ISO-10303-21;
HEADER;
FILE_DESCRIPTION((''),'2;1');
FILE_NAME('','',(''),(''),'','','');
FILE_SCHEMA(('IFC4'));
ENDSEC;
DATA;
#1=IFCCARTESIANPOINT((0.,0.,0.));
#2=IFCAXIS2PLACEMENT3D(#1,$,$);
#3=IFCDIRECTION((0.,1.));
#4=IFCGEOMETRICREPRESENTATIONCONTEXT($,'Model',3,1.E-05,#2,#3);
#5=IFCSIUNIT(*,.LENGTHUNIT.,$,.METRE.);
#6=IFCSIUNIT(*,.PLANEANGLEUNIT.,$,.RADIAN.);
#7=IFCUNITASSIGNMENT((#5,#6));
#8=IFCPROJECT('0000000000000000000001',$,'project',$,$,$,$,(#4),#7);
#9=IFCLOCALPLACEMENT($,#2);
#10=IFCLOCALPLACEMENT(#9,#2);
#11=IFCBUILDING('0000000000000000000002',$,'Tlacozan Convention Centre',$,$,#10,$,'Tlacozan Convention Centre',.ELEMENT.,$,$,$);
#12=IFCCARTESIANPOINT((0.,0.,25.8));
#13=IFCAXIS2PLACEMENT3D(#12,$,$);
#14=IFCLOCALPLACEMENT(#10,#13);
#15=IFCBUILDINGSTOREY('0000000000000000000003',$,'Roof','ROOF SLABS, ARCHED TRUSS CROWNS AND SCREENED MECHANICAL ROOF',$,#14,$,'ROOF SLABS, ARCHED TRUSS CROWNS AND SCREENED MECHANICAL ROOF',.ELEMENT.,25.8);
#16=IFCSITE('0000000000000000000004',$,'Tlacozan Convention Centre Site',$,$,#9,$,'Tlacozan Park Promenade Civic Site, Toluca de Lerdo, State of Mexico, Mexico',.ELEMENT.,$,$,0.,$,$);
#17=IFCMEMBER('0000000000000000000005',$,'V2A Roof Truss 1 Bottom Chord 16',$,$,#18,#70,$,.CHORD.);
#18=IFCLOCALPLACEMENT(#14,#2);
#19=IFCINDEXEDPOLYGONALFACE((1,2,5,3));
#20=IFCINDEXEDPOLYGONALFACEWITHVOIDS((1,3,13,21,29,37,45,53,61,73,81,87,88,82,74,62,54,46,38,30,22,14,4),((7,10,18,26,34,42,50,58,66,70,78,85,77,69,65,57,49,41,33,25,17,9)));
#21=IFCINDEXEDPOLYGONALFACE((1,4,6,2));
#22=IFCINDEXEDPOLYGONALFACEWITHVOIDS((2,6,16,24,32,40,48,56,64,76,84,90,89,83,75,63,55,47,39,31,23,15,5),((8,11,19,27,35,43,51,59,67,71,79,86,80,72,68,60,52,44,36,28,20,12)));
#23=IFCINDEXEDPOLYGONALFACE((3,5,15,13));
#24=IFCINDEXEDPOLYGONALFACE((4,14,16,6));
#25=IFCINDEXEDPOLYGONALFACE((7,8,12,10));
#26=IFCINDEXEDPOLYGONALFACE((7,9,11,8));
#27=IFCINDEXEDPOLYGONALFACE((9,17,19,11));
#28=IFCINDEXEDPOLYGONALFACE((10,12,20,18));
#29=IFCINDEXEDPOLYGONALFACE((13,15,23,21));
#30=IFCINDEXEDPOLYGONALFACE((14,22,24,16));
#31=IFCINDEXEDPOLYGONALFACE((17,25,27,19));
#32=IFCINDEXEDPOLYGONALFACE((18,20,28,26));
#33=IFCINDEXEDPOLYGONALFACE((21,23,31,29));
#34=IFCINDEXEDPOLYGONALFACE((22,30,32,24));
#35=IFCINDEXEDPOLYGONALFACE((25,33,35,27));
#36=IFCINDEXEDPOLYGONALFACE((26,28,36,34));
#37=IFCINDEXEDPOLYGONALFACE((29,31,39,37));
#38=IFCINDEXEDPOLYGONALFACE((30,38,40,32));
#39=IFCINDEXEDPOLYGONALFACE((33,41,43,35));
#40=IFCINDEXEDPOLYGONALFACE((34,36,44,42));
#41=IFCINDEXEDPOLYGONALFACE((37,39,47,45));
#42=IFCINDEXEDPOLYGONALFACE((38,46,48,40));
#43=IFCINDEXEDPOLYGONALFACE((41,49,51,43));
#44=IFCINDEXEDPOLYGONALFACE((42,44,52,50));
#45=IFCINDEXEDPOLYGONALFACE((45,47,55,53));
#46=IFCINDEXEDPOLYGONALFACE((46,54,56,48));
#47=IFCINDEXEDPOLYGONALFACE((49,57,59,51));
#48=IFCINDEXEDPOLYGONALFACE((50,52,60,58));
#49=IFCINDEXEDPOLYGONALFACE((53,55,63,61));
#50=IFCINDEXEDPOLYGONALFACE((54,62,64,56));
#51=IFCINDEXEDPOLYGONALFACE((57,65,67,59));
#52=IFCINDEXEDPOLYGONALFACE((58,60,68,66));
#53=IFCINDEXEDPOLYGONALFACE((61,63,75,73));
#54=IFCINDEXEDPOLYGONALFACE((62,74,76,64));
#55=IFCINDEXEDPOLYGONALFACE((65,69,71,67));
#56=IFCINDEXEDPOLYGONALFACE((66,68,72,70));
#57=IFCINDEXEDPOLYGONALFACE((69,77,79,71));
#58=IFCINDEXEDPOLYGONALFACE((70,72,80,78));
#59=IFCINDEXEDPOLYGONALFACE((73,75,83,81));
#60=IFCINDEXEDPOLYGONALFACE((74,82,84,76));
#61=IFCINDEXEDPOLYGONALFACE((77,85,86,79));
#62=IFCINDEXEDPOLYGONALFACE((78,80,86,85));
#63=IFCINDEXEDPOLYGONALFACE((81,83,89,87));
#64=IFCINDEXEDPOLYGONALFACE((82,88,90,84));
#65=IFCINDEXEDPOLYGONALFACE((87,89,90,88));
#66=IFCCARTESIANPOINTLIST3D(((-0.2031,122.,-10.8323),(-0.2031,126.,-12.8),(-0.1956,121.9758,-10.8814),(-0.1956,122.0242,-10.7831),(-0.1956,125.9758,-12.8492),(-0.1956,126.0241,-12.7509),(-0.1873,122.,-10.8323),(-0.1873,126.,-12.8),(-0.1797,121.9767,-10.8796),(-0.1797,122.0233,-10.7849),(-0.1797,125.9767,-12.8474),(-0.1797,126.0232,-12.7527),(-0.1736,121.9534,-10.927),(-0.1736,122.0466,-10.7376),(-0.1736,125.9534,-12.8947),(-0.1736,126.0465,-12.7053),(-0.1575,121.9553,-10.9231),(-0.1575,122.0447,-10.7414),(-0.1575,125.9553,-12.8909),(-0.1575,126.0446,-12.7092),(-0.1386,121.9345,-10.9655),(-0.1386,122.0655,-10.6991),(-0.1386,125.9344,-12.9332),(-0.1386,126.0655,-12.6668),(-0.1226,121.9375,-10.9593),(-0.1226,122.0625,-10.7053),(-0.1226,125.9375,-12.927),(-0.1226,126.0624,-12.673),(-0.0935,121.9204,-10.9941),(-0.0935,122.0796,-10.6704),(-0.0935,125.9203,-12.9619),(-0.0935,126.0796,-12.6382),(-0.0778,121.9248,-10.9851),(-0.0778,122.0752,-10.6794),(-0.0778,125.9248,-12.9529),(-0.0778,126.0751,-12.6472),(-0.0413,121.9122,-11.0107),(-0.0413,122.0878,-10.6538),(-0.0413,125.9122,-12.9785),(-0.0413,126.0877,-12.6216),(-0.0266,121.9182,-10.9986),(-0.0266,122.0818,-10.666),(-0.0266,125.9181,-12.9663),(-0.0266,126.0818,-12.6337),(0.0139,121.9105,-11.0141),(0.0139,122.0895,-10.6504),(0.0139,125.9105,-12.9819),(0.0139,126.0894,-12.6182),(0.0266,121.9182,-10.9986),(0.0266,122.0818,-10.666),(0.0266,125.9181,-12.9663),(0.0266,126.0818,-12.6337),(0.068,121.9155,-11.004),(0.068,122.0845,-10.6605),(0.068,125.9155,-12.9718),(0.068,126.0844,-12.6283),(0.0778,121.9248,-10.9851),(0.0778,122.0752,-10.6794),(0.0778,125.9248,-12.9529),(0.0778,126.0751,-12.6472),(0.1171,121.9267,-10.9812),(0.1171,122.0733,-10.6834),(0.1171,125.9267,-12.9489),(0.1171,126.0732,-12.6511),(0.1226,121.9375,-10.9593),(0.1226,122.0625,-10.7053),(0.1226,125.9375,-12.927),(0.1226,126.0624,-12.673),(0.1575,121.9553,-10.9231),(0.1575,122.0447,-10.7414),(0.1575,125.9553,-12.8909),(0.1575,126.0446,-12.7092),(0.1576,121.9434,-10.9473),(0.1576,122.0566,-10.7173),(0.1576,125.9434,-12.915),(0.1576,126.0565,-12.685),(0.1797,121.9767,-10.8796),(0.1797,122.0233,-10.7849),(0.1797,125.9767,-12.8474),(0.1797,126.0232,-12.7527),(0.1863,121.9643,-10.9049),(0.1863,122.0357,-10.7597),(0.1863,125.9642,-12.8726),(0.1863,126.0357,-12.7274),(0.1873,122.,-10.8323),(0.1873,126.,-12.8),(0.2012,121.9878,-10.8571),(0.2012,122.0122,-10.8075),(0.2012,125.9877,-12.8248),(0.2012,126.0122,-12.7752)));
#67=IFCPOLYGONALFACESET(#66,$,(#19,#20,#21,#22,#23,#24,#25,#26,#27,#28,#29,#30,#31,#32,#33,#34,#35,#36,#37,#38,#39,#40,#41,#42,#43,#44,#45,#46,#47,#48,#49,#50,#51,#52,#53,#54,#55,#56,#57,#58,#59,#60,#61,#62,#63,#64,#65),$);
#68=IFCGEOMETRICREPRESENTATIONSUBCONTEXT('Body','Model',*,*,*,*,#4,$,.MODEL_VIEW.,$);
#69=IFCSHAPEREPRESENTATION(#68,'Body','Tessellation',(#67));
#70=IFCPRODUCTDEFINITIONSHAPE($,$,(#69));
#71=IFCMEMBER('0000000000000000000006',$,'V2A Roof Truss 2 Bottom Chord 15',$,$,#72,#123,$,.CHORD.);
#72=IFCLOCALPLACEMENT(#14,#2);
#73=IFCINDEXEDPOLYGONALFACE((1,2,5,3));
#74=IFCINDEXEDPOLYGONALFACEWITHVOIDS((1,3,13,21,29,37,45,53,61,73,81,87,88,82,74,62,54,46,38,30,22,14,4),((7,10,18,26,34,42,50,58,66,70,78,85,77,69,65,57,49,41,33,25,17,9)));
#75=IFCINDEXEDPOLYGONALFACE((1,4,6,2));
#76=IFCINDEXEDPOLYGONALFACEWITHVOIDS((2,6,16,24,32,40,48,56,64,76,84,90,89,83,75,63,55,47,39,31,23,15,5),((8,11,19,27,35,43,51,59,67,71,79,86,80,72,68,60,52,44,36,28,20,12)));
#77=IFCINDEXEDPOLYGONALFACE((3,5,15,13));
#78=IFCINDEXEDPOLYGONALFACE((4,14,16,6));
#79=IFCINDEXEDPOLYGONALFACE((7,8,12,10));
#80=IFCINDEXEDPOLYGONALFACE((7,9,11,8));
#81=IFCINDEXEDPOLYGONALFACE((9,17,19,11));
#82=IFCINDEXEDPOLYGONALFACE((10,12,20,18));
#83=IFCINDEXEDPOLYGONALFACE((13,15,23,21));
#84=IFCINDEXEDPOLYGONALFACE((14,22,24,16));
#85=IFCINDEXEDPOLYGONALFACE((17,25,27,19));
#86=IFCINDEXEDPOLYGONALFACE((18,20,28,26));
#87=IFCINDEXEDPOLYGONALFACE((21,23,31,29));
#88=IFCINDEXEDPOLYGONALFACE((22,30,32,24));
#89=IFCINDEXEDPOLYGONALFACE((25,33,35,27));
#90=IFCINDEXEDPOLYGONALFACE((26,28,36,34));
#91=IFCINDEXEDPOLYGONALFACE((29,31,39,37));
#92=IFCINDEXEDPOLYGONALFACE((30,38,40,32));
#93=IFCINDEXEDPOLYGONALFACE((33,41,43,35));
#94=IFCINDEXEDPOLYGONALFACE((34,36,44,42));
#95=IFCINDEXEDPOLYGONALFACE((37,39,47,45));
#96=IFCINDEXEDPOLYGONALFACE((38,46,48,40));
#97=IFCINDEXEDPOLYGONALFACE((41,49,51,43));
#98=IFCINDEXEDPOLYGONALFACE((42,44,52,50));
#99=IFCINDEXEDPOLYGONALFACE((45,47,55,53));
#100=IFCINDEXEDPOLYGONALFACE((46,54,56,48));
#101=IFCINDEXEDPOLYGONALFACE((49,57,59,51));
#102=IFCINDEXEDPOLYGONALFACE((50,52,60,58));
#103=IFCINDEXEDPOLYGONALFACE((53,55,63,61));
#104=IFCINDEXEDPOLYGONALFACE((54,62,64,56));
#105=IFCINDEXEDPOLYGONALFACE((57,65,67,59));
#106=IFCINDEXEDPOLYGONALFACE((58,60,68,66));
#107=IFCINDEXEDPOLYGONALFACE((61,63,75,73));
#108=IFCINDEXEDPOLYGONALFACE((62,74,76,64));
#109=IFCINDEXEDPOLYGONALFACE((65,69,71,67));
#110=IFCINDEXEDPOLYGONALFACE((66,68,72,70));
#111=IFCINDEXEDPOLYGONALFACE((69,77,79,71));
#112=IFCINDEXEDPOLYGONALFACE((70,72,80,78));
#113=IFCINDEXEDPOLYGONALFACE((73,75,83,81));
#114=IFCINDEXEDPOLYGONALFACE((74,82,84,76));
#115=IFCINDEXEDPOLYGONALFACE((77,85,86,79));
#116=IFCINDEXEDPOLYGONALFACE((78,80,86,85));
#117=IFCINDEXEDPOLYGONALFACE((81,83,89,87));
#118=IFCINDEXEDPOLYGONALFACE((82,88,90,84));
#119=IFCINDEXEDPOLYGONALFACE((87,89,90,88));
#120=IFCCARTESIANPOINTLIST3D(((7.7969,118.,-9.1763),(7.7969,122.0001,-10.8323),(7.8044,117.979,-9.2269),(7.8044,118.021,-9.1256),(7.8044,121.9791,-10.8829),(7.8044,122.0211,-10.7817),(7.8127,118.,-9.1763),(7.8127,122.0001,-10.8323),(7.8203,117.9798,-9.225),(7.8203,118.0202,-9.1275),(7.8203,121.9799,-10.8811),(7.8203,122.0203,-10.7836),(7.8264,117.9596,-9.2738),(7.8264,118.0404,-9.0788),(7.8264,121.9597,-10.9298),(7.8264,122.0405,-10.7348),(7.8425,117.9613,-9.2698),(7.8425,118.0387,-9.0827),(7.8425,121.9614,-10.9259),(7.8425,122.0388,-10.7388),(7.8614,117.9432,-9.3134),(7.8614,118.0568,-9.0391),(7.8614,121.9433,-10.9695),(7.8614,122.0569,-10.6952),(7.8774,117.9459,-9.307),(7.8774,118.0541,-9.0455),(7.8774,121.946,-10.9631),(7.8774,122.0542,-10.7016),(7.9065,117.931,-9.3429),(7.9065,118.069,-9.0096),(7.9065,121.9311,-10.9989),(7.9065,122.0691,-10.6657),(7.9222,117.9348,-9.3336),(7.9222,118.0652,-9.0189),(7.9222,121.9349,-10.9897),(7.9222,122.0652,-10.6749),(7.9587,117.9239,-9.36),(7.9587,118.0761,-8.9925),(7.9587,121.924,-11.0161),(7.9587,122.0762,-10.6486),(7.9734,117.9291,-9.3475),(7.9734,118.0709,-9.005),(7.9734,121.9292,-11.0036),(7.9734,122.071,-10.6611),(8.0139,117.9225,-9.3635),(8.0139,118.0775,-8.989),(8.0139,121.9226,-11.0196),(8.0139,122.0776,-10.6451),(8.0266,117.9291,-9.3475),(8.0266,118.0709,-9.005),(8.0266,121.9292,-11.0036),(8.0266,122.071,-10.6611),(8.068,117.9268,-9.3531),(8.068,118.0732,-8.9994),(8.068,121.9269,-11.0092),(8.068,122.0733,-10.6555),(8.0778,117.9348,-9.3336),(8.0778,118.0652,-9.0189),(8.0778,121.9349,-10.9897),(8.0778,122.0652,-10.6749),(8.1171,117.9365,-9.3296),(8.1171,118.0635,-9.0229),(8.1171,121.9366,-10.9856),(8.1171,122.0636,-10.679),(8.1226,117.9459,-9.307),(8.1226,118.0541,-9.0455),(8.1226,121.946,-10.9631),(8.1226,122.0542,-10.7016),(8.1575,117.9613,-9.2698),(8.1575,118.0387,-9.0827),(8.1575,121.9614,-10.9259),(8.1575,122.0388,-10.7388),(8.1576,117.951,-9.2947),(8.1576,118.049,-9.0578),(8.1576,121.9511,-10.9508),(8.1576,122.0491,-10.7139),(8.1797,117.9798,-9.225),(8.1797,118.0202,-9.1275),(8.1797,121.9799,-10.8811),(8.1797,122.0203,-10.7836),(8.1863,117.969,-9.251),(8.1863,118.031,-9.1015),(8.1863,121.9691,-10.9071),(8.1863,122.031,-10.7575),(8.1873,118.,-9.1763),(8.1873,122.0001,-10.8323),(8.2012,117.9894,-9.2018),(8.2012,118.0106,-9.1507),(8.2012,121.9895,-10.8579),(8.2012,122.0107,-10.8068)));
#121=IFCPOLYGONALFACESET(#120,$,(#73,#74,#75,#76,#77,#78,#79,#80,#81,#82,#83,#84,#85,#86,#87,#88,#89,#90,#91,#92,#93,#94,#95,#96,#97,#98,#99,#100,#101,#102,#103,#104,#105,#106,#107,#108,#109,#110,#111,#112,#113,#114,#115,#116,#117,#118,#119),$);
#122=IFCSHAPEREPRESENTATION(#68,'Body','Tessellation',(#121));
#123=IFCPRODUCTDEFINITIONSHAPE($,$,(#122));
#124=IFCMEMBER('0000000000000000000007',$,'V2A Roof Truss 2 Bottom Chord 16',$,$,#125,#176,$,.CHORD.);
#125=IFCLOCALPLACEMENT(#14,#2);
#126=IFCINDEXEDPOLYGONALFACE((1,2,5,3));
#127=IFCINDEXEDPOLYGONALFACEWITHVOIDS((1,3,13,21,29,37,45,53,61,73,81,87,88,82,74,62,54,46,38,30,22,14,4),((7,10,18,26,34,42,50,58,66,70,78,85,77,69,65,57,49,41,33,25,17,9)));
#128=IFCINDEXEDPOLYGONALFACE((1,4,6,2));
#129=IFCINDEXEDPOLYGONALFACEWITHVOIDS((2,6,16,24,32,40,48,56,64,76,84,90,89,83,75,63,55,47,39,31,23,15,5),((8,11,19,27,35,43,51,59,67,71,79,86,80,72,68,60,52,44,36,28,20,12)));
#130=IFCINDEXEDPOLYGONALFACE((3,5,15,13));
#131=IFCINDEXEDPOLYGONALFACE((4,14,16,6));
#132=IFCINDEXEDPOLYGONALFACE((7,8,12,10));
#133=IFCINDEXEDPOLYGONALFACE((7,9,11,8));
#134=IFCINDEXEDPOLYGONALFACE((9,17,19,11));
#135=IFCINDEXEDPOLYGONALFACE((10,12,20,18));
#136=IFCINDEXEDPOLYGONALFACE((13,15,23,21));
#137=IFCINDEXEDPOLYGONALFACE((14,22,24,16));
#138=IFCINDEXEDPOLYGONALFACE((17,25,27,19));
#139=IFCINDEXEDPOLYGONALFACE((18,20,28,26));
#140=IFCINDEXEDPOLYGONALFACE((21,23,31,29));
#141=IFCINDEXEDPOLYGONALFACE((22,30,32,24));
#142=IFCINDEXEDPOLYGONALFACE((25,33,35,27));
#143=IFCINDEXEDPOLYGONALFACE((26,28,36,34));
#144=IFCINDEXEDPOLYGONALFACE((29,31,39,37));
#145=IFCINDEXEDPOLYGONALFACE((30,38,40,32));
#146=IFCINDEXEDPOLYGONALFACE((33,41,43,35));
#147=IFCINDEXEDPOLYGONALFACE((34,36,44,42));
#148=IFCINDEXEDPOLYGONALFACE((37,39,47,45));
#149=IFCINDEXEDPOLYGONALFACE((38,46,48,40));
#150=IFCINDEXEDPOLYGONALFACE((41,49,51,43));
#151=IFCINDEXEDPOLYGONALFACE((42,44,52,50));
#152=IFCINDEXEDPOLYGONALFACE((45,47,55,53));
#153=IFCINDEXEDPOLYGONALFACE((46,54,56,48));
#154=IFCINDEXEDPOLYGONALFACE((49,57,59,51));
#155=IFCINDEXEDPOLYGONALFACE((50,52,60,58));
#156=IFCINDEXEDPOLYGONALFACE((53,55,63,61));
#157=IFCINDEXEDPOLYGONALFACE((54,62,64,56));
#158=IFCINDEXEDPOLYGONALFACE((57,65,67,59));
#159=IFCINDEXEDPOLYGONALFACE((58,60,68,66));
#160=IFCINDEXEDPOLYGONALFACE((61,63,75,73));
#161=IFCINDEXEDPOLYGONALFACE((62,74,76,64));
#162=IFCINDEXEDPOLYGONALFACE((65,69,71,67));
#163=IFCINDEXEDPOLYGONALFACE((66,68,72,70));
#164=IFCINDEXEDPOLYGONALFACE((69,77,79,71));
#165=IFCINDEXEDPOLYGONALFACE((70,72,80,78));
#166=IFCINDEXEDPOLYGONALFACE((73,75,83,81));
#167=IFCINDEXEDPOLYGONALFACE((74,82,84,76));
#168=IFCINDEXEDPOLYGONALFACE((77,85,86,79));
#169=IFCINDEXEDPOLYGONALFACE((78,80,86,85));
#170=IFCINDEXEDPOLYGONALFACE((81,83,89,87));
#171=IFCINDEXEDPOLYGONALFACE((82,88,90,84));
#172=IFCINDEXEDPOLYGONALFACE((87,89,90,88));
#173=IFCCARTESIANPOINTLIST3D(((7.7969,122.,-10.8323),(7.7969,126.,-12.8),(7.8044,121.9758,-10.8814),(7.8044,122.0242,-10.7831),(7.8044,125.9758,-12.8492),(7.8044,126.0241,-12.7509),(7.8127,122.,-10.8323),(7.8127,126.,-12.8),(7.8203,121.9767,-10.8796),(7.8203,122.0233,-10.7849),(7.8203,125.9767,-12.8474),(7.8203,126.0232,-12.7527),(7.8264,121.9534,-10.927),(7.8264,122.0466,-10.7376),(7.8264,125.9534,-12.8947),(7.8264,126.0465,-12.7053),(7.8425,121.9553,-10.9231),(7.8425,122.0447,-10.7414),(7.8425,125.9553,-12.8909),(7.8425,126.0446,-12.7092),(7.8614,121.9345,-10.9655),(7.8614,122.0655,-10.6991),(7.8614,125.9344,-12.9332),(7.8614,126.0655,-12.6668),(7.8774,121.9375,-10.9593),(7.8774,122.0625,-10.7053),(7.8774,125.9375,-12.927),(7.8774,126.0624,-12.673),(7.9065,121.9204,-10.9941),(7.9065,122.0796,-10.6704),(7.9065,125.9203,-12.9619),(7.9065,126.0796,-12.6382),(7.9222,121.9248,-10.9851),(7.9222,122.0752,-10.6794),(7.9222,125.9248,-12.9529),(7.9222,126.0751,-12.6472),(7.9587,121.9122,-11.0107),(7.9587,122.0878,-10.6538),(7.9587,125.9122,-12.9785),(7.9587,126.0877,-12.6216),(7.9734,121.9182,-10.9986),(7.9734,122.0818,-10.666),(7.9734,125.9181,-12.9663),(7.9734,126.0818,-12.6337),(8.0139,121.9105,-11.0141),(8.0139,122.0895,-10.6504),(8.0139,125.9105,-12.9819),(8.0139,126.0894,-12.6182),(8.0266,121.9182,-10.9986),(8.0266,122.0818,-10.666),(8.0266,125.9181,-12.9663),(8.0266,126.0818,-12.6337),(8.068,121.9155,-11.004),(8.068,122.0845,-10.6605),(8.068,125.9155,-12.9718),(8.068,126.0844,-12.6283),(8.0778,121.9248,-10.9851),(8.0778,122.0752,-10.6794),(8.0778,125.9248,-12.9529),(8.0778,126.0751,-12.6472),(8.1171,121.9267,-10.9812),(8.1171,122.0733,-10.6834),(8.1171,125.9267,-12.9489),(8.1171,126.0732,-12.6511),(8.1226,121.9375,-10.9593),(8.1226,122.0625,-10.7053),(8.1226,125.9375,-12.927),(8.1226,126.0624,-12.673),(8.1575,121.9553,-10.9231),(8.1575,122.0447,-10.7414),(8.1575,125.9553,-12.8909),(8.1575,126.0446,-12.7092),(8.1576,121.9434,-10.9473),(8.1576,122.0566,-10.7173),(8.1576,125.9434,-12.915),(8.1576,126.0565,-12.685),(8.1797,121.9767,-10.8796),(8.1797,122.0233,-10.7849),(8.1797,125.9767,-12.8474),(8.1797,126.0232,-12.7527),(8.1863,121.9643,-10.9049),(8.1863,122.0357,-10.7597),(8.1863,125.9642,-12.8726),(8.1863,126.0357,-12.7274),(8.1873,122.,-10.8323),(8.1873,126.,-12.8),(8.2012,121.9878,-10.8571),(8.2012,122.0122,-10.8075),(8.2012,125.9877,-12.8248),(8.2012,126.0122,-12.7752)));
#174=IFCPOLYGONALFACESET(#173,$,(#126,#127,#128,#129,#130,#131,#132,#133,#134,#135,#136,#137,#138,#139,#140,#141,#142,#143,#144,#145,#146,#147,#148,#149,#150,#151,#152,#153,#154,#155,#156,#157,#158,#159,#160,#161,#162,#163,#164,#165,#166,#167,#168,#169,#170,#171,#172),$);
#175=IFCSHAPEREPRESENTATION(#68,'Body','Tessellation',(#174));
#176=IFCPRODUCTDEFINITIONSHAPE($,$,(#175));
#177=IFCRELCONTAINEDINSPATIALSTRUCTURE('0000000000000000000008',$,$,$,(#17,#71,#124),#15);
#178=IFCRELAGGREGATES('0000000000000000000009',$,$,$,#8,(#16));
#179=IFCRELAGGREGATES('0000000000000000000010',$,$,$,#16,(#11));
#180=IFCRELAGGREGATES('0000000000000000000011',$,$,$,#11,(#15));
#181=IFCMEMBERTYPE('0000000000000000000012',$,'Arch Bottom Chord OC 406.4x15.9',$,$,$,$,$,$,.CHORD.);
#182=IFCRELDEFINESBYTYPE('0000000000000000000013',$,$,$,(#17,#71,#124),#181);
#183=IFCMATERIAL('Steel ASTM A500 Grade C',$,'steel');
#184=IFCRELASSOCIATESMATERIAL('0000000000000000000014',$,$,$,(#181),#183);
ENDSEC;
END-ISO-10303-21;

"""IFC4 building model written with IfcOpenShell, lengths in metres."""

from ifc_helpers import new_model, si_unit, direction, frame, origin, origin_2d, place, context, subcontext, project, spatial, hollow_circle, extrude, material, material_profile, profile_set, type_object, element, save


model = new_model("IFC4")

# Units and contexts
model_context = context("Model", 3, precision=1e-05, world=origin(), true_north=direction((0.0, 1.0)))
body_context = subcontext(model_context, "Body", "Model", "MODEL_VIEW")
ifc_project = project(units=[si_unit("LENGTHUNIT", "METRE"), si_unit("PLANEANGLEUNIT", "RADIAN")], contexts=[model_context])

# Site, building, storey
site_placement = place(None, origin())
site = spatial("IfcSite", under=ifc_project, at=site_placement, Name="Tlacozan Convention Centre Site", LongName="Tlacozan Park Promenade Civic Site, Toluca de Lerdo, State of Mexico, Mexico", CompositionType="ELEMENT", RefElevation=0.0)
building_placement = place(site_placement, origin())
building = spatial("IfcBuilding", under=site, at=building_placement, Name="Tlacozan Convention Centre", LongName="Tlacozan Convention Centre", CompositionType="ELEMENT")
storey_placement = place(building_placement, frame((0.0, 0.0, 25.8)))
storey = spatial("IfcBuildingStorey", under=building, at=storey_placement, Name="Roof", Description="ROOF SLABS, ARCHED TRUSS CROWNS AND SCREENED MECHANICAL ROOF", LongName="ROOF SLABS, ARCHED TRUSS CROWNS AND SCREENED MECHANICAL ROOF", CompositionType="ELEMENT", Elevation=25.8)

# Members
ifc_material_1 = material(Name="Steel ASTM A500 Grade C", Category="steel")
ifc_material_profile_1 = material_profile(ifc_material_1, hollow_circle(Radius=0.2031, WallThickness=0.0159, at=origin_2d()), Name="OC 406.4x15.9")
ifc_profile_set_1 = profile_set([ifc_material_profile_1], Name="Steel ASTM A500 Grade C")
member_type_1 = type_object("IfcMemberType", Name="Arch Bottom Chord OC 406.4x15.9", PredefinedType="CHORD", material=ifc_profile_set_1)
member_1_placement = place(storey_placement, frame((0.0, 122.0, -10.8323), z_axis=(0.0, 0.8973, -0.441421), x_axis=(-1.0, 0.0, 0.0)))
element("IfcMember", 1, at=member_1_placement, inside=storey, type_object=member_type_1, Name="V2A Roof Truss 1 Bottom Chord 16", PredefinedType="CHORD", context=body_context, shape_type="SweptSolid", body=[
    extrude(hollow_circle(Radius=0.2031, WallThickness=0.0159, at=origin_2d()), origin(), (0.0, 0.0, 1.0), 4.4578),
])
member_2_placement = place(storey_placement, frame((8.0, 118.0, -9.1763), z_axis=(0.0, 0.923949, -0.382516), x_axis=(-1.0, 0.0, 0.0)))
element("IfcMember", 2, at=member_2_placement, inside=storey, type_object=member_type_1, Name="V2A Roof Truss 2 Bottom Chord 15", PredefinedType="CHORD", context=body_context, shape_type="SweptSolid", body=[
    extrude(hollow_circle(Radius=0.2031, WallThickness=0.0159, at=origin_2d()), origin(), (0.0, 0.0, 1.0), 4.3293),
])
member_3_placement = place(storey_placement, frame((8.0, 122.0, -10.8323), z_axis=(0.0, 0.8973, -0.441421), x_axis=(-1.0, 0.0, 0.0)))
element("IfcMember", 3, at=member_3_placement, inside=storey, type_object=member_type_1, Name="V2A Roof Truss 2 Bottom Chord 16", PredefinedType="CHORD", context=body_context, shape_type="SweptSolid", body=[
    extrude(hollow_circle(Radius=0.2031, WallThickness=0.0159, at=origin_2d()), origin(), (0.0, 0.0, 1.0), 4.4578),
])

save(model, "model.ifc")
